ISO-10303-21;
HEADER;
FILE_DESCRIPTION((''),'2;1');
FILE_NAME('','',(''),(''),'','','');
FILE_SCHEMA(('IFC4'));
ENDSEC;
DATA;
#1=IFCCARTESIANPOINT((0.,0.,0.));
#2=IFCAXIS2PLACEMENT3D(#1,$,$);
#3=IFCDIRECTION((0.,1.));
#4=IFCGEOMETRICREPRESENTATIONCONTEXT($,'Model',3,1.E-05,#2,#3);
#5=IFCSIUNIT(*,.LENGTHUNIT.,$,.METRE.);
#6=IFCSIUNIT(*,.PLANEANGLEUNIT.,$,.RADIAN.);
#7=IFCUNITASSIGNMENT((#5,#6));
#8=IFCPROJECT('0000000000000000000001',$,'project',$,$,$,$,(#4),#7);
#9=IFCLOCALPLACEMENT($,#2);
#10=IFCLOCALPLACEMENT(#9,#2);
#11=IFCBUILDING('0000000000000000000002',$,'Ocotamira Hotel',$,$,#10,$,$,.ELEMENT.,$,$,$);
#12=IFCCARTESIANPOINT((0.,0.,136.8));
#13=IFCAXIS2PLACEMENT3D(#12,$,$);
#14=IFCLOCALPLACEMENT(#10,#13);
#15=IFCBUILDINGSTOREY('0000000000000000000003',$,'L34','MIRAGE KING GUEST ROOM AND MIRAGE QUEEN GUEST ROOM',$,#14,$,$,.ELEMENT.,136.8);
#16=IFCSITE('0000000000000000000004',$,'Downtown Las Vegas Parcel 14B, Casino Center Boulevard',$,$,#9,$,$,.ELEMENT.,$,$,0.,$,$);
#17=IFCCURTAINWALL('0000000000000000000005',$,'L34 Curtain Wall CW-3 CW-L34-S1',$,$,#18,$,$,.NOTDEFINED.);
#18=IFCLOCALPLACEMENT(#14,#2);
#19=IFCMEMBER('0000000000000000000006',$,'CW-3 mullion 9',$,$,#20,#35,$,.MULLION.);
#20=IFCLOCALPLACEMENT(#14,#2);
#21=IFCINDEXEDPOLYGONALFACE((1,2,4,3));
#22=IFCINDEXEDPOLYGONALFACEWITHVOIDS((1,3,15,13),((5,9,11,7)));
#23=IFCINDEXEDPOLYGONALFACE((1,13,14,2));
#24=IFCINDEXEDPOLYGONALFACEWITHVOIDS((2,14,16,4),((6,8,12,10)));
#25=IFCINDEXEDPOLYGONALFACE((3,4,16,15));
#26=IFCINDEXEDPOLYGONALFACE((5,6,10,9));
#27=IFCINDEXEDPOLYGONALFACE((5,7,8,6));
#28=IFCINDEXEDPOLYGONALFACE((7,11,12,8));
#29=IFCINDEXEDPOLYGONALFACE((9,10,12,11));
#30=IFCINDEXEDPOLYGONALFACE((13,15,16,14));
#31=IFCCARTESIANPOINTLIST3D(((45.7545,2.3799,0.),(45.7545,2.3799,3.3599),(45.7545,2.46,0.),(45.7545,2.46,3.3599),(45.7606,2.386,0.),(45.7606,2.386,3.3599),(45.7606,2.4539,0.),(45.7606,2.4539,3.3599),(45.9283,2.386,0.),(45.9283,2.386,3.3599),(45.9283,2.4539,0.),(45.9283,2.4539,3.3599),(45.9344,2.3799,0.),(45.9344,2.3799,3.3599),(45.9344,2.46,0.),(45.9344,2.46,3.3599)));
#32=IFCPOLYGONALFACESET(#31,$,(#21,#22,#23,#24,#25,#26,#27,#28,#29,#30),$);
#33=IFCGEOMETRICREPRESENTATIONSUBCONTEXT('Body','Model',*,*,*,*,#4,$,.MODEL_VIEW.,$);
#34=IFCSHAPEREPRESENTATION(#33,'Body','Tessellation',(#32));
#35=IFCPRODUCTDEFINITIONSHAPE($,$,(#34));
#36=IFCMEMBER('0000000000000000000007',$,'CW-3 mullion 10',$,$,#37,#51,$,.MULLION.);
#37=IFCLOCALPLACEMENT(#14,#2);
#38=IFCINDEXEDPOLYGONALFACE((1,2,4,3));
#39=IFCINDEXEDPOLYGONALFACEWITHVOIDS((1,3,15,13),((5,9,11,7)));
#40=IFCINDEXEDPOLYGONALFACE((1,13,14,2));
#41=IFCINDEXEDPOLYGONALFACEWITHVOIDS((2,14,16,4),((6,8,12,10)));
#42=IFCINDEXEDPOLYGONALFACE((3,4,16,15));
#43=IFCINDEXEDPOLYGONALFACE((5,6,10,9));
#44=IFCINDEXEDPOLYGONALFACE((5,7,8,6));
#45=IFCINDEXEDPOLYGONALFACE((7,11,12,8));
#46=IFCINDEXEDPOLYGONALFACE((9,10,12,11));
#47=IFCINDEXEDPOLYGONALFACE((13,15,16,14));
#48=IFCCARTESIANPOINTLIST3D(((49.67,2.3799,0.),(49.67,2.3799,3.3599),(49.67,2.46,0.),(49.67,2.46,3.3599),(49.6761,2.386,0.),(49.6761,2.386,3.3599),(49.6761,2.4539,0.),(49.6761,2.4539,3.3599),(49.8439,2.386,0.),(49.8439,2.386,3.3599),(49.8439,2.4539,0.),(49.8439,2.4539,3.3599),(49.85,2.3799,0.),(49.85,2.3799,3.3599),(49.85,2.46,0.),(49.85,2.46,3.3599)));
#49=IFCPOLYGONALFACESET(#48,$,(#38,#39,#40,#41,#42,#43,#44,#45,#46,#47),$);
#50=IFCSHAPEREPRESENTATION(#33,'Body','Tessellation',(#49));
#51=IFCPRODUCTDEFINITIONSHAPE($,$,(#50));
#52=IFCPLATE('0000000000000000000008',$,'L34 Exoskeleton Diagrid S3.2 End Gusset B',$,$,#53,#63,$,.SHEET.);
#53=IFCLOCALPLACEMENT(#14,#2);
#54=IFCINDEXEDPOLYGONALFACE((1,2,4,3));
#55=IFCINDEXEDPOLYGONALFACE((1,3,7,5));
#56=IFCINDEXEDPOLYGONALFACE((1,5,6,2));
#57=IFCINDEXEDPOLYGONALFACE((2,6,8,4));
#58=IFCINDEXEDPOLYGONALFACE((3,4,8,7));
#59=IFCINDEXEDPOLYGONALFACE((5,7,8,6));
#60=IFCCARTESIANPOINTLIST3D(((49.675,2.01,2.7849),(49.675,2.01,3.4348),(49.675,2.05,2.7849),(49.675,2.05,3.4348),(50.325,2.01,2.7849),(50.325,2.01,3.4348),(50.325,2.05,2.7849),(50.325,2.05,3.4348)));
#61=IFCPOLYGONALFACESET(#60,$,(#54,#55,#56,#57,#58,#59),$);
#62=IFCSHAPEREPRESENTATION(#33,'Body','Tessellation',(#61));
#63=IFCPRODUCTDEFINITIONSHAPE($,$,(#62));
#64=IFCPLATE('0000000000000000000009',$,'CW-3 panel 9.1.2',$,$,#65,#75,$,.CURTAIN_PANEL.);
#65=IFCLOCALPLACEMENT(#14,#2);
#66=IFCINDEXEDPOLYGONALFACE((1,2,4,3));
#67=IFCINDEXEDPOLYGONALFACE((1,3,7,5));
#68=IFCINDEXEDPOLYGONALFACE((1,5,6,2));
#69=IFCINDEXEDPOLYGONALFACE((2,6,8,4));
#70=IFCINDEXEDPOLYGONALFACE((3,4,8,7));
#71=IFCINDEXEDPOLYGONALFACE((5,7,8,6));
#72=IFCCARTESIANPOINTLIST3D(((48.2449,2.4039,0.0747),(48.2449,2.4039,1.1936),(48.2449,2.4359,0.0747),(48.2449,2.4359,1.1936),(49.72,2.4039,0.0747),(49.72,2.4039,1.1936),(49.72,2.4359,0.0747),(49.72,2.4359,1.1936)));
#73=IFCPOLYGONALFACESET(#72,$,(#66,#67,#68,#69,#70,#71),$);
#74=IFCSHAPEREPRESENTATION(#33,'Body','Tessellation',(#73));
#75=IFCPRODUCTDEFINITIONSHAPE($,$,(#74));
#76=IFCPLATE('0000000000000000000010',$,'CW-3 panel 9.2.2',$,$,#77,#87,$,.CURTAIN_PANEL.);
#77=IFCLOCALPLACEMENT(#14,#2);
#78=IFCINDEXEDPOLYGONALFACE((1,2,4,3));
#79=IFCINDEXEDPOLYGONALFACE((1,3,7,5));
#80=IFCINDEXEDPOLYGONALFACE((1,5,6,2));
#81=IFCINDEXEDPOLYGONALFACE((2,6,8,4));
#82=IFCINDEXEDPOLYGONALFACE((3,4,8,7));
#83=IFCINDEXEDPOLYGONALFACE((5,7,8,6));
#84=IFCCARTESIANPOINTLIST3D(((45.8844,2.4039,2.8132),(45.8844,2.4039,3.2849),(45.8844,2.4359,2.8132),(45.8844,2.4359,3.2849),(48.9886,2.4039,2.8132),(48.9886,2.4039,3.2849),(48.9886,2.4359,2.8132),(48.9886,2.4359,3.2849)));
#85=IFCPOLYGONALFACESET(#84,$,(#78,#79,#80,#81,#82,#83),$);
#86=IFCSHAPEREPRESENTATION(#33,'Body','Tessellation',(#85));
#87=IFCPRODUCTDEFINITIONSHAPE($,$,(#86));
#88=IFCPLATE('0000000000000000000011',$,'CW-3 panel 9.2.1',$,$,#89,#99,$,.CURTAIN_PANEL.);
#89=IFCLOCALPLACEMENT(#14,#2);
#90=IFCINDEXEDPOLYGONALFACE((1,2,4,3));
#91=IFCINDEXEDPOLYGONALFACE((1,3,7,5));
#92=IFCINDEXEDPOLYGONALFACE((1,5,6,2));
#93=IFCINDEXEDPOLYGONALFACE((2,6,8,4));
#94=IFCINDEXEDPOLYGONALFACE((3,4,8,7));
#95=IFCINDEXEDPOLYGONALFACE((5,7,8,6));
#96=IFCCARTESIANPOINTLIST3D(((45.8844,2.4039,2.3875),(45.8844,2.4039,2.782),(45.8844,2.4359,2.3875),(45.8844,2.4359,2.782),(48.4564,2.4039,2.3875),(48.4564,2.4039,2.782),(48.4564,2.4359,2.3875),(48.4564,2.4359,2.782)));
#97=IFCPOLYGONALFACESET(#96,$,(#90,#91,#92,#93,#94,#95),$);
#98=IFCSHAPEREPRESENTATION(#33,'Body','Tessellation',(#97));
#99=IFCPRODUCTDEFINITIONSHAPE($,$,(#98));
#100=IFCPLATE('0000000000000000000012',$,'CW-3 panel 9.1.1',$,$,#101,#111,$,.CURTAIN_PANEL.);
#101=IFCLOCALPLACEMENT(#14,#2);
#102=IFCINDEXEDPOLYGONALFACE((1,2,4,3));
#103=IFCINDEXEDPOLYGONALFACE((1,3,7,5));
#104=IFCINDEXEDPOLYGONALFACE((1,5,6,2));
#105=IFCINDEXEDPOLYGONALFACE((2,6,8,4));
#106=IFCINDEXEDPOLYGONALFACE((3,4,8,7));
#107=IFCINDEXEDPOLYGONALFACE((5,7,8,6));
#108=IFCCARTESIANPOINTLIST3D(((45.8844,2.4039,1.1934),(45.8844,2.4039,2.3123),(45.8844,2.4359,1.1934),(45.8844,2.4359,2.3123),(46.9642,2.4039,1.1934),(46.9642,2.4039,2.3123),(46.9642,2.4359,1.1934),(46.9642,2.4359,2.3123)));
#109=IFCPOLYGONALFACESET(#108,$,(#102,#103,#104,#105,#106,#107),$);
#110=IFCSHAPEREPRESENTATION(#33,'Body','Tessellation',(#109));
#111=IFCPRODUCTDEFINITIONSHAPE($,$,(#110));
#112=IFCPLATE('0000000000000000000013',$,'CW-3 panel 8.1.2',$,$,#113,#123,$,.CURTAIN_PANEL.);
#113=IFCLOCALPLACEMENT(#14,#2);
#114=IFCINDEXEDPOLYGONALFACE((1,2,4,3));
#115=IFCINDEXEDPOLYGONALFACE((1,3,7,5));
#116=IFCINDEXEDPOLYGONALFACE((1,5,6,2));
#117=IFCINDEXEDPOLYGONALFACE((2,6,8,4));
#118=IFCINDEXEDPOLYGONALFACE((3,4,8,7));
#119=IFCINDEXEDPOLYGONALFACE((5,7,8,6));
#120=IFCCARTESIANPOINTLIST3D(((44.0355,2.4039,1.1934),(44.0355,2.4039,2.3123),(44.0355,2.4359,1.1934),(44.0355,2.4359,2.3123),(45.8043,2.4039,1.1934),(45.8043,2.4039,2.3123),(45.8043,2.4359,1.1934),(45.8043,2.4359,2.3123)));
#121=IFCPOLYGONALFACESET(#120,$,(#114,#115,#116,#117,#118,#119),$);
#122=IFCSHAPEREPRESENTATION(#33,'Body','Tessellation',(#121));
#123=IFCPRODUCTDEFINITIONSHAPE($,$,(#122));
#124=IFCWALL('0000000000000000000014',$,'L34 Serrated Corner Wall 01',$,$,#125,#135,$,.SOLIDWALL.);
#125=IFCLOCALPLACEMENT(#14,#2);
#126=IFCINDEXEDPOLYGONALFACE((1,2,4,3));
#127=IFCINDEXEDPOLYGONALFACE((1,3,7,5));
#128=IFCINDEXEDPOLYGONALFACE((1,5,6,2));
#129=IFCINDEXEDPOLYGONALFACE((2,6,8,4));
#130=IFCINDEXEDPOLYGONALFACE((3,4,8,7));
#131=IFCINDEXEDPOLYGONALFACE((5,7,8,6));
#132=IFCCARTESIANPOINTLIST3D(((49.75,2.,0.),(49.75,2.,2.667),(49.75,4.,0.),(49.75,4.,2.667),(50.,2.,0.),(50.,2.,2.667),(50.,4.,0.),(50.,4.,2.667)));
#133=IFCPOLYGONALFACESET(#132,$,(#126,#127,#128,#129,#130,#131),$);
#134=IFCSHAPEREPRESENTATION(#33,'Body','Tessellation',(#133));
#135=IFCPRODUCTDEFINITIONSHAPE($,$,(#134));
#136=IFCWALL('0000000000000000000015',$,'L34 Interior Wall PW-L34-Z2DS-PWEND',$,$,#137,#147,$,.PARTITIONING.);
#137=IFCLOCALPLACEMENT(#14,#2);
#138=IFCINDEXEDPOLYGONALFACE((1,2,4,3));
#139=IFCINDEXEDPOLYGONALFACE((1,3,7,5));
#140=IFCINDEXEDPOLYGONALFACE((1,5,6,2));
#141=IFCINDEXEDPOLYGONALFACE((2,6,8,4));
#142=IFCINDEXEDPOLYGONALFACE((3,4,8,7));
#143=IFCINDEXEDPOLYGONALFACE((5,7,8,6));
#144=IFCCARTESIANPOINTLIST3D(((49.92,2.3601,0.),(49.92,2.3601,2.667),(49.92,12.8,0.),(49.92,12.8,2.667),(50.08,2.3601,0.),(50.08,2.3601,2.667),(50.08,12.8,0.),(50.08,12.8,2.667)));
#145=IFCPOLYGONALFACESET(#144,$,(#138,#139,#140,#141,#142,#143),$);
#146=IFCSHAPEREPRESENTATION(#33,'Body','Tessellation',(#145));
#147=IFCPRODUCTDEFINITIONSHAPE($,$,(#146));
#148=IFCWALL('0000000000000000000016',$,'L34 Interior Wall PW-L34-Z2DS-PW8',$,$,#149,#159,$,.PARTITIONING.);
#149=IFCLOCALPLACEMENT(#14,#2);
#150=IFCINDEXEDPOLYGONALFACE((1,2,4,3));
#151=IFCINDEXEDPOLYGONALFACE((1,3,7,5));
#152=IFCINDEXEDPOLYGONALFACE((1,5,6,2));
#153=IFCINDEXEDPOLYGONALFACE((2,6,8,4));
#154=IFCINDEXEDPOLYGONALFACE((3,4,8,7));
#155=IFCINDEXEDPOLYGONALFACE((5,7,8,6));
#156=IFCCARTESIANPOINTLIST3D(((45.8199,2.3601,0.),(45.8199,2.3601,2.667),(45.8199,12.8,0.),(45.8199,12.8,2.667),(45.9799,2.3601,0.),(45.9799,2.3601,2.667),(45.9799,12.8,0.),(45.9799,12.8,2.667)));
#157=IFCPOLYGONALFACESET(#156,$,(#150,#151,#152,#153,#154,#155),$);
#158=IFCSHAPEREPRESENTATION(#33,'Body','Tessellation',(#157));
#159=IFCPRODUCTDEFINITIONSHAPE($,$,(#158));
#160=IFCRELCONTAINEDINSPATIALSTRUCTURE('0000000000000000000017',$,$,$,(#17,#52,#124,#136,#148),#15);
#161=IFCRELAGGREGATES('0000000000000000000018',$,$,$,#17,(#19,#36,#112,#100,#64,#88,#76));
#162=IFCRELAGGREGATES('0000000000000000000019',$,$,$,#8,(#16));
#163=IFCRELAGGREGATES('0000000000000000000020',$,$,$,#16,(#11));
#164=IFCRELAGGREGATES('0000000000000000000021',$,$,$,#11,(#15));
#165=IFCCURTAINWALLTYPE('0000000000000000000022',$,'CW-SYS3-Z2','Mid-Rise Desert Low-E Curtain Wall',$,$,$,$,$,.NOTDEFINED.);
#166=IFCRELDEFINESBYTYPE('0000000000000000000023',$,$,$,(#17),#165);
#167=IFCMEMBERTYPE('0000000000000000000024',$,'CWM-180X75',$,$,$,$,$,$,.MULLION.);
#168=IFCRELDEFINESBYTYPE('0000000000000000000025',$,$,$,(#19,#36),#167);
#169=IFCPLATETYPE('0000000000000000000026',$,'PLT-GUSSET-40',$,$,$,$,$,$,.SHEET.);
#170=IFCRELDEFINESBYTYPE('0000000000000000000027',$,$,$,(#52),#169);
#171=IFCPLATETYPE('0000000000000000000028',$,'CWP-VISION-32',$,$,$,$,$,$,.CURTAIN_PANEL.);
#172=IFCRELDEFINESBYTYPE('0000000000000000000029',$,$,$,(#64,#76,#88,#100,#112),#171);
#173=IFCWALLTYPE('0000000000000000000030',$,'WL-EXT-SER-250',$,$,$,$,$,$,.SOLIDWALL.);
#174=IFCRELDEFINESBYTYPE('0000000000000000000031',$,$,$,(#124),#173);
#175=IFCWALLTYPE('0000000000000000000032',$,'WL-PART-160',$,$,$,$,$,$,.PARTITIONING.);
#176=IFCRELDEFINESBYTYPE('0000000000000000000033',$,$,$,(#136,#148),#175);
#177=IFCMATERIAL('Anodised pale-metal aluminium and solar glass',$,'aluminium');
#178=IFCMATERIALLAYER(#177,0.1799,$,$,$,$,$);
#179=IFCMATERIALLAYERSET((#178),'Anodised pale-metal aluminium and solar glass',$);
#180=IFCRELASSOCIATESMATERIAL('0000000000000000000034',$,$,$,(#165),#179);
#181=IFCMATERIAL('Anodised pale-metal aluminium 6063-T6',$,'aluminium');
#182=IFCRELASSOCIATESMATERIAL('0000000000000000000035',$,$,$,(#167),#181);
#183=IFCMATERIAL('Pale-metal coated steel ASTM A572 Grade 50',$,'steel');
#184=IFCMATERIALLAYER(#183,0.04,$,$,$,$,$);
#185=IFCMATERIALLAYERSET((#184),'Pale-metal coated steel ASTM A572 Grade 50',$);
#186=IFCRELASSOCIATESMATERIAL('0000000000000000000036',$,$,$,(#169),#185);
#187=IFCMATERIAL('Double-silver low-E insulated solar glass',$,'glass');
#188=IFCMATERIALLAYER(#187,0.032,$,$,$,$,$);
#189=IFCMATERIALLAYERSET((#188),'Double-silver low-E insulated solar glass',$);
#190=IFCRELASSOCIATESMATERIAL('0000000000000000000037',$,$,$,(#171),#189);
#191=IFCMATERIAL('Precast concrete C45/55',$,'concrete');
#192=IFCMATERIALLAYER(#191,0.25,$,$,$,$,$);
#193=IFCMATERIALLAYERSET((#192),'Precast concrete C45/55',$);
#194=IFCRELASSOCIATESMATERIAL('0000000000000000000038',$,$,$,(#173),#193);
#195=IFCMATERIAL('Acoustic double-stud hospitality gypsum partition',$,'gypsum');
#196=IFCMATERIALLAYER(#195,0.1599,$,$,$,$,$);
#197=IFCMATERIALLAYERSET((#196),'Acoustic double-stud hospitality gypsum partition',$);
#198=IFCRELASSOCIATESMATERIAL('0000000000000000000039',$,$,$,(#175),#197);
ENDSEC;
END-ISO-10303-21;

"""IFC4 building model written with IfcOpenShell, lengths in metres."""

from ifc_helpers import new_model, si_unit, direction, frame, frame_2d, origin, origin_2d, place, context, subcontext, project, spatial, rectangle, hollow_rectangle, extrude, source, transform, mapped, material, layer, layer_set, material_profile, profile_set, type_object, element, aggregate, save


model = new_model("IFC4")

# Units and contexts
model_context = context("Model", 3, precision=1e-05, world=origin(), true_north=direction((0.0, 1.0)))
body_context = subcontext(model_context, "Body", "Model", "MODEL_VIEW")
ifc_project = project(units=[si_unit("LENGTHUNIT", "METRE"), si_unit("PLANEANGLEUNIT", "RADIAN")], contexts=[model_context])

# Site, building, storey
site_placement = place(None, origin())
site = spatial("IfcSite", under=ifc_project, at=site_placement, Name="Downtown Las Vegas Parcel 14B, Casino Center Boulevard", CompositionType="ELEMENT", RefElevation=0.0)
building_placement = place(site_placement, origin())
building = spatial("IfcBuilding", under=site, at=building_placement, Name="Ocotamira Hotel", CompositionType="ELEMENT")
storey_placement = place(building_placement, frame((0.0, 0.0, 136.8)))
storey = spatial("IfcBuildingStorey", under=building, at=storey_placement, Name="L34", Description="MIRAGE KING GUEST ROOM AND MIRAGE QUEEN GUEST ROOM", CompositionType="ELEMENT", Elevation=136.8)

# Curtain wall, members
ifc_material_1 = material(Name="Anodised pale-metal aluminium and solar glass", Category="aluminium")
ifc_layer_1 = layer(ifc_material_1, 0.1799)
ifc_layer_set_1 = layer_set([ifc_layer_1], Name="Anodised pale-metal aluminium and solar glass")
curtain_wall_type = type_object("IfcCurtainWallType", Name="CW-SYS3-Z2", Description="Mid-Rise Desert Low-E Curtain Wall", PredefinedType="NOTDEFINED", material=ifc_layer_set_1)
curtain_wall_placement = place(storey_placement, origin())
curtain_wall = element("IfcCurtainWall", 1, at=curtain_wall_placement, inside=storey, type_object=curtain_wall_type, Name="L34 Curtain Wall CW-3 CW-L34-S1", PredefinedType="NOTDEFINED")
ifc_material_2 = material(Name="Anodised pale-metal aluminium 6063-T6", Category="aluminium")
ifc_material_profile_1 = material_profile(ifc_material_2, hollow_rectangle(XDim=0.0801, YDim=0.1799, WallThickness=0.0061, at=origin_2d()), Name="HSS180X80X6")
ifc_profile_set_1 = profile_set([ifc_material_profile_1], Name="Anodised pale-metal aluminium 6063-T6")
member_type_1 = type_object("IfcMemberType", Name="CWM-180X75", PredefinedType="MULLION", material=ifc_profile_set_1)
shared_shape_1 = source(origin(), body_context, "Body", "SweptSolid", [
    extrude(hollow_rectangle(XDim=0.0801, YDim=0.1799, WallThickness=0.0061, at=origin_2d()), origin(), (0.0, 0.0, 1.0), 3.3599),
])
member_1_placement = place(storey_placement, frame((45.8445, 2.4199, 0.0), z_axis=(0.0, 0.0, 1.0), x_axis=(0.0, 1.0, 0.0)))
member_1 = element("IfcMember", 2, at=member_1_placement, type_object=member_type_1, Name="CW-3 mullion 9", PredefinedType="MULLION", context=body_context, shape_type="MappedRepresentation", body=[
    mapped(shared_shape_1, transform((0.0, 0.0, 0.0), scale=1.0)),
])
member_2_placement = place(storey_placement, frame((49.76, 2.4199, 0.0), z_axis=(0.0, 0.0, 1.0), x_axis=(0.0, 1.0, 0.0)))
member_2 = element("IfcMember", 3, at=member_2_placement, type_object=member_type_1, Name="CW-3 mullion 10", PredefinedType="MULLION", context=body_context, shape_type="MappedRepresentation", body=[
    mapped(shared_shape_1, transform((0.0, 0.0, 0.0), scale=1.0)),
])

# Plates
ifc_material_3 = material(Name="Pale-metal coated steel ASTM A572 Grade 50", Category="steel")
ifc_layer_2 = layer(ifc_material_3, 0.04)
ifc_layer_set_2 = layer_set([ifc_layer_2], Name="Pale-metal coated steel ASTM A572 Grade 50")
plate_type_1 = type_object("IfcPlateType", Name="PLT-GUSSET-40", PredefinedType="SHEET", material=ifc_layer_set_2)
shared_shape_2 = source(origin(), body_context, "Body", "SweptSolid", [
    extrude(rectangle(XDim=0.6499, YDim=0.04, at=origin_2d()), origin(), (0.0, 0.0, 1.0), 0.6499),
])
plate_1_placement = place(storey_placement, frame((50.0, 2.03, 2.7849), z_axis=(0.0, 0.0, 1.0), x_axis=(1.0, 0.0, 0.0)))
element("IfcPlate", 4, at=plate_1_placement, inside=storey, type_object=plate_type_1, Name="L34 Exoskeleton Diagrid S3.2 End Gusset B", PredefinedType="SHEET", context=body_context, shape_type="MappedRepresentation", body=[
    mapped(shared_shape_2, transform((0.0, 0.0, 0.0), scale=1.0)),
])
ifc_material_4 = material(Name="Double-silver low-E insulated solar glass", Category="glass")
ifc_layer_3 = layer(ifc_material_4, 0.032)
ifc_layer_set_3 = layer_set([ifc_layer_3], Name="Double-silver low-E insulated solar glass")
plate_type_2 = type_object("IfcPlateType", Name="CWP-VISION-32", PredefinedType="CURTAIN_PANEL", material=ifc_layer_set_3)
shared_shape_3 = source(origin(), body_context, "Body", "SweptSolid", [
    extrude(rectangle(XDim=1.4751, YDim=0.032, at=origin_2d()), origin(), (0.0, 0.0, 1.0), 1.1189),
])
plate_2_placement = place(storey_placement, frame((48.9824, 2.4199, 0.0747), z_axis=(0.0, 0.0, 1.0), x_axis=(1.0, 0.0, 0.0)))
plate_2 = element("IfcPlate", 5, at=plate_2_placement, type_object=plate_type_2, Name="CW-3 panel 9.1.2", PredefinedType="CURTAIN_PANEL", context=body_context, shape_type="MappedRepresentation", body=[
    mapped(shared_shape_3, transform((0.0, 0.0, 0.0), scale=1.0)),
])
shared_shape_4 = source(origin(), body_context, "Body", "SweptSolid", [
    extrude(rectangle(XDim=3.1042, YDim=0.032, at=origin_2d()), origin(), (0.0, 0.0, 1.0), 0.4717),
])
plate_3_placement = place(storey_placement, frame((47.4365, 2.4199, 2.8132), z_axis=(0.0, 0.0, 1.0), x_axis=(1.0, 0.0, 0.0)))
plate_3 = element("IfcPlate", 6, at=plate_3_placement, type_object=plate_type_2, Name="CW-3 panel 9.2.2", PredefinedType="CURTAIN_PANEL", context=body_context, shape_type="MappedRepresentation", body=[
    mapped(shared_shape_4, transform((0.0, 0.0, 0.0), scale=1.0)),
])
shared_shape_5 = source(origin(), body_context, "Body", "SweptSolid", [
    extrude(rectangle(XDim=2.572, YDim=0.032, at=origin_2d()), origin(), (0.0, 0.0, 1.0), 0.3945),
])
plate_4_placement = place(storey_placement, frame((47.1704, 2.4199, 2.3875), z_axis=(0.0, 0.0, 1.0), x_axis=(1.0, 0.0, 0.0)))
plate_4 = element("IfcPlate", 7, at=plate_4_placement, type_object=plate_type_2, Name="CW-3 panel 9.2.1", PredefinedType="CURTAIN_PANEL", context=body_context, shape_type="MappedRepresentation", body=[
    mapped(shared_shape_5, transform((0.0, 0.0, 0.0), scale=1.0)),
])
shared_shape_6 = source(origin(), body_context, "Body", "SweptSolid", [
    extrude(rectangle(XDim=1.0798, YDim=0.032, at=origin_2d()), origin(), (0.0, 0.0, 1.0), 1.1189),
])
plate_5_placement = place(storey_placement, frame((46.4243, 2.4199, 1.1934), z_axis=(0.0, 0.0, 1.0), x_axis=(1.0, 0.0, 0.0)))
plate_5 = element("IfcPlate", 8, at=plate_5_placement, type_object=plate_type_2, Name="CW-3 panel 9.1.1", PredefinedType="CURTAIN_PANEL", context=body_context, shape_type="MappedRepresentation", body=[
    mapped(shared_shape_6, transform((0.0, 0.0, 0.0), scale=1.0)),
])
shared_shape_7 = source(origin(), body_context, "Body", "SweptSolid", [
    extrude(rectangle(XDim=1.7688, YDim=0.032, at=origin_2d()), origin(), (0.0, 0.0, 1.0), 1.1189),
])
plate_6_placement = place(storey_placement, frame((44.9199, 2.4199, 1.1934), z_axis=(0.0, 0.0, 1.0), x_axis=(1.0, 0.0, 0.0)))
plate_6 = element("IfcPlate", 9, at=plate_6_placement, type_object=plate_type_2, Name="CW-3 panel 8.1.2", PredefinedType="CURTAIN_PANEL", context=body_context, shape_type="MappedRepresentation", body=[
    mapped(shared_shape_7, transform((0.0, 0.0, 0.0), scale=1.0)),
])
aggregate(curtain_wall, [member_1, member_2, plate_6, plate_5, plate_2, plate_4, plate_3])

# Walls
ifc_material_5 = material(Name="Precast concrete C45/55", Category="concrete")
ifc_layer_4 = layer(ifc_material_5, 0.25)
ifc_layer_set_4 = layer_set([ifc_layer_4], Name="Precast concrete C45/55")
wall_type_1 = type_object("IfcWallType", Name="WL-EXT-SER-250", PredefinedType="SOLIDWALL", material=ifc_layer_set_4)
wall_placement = place(storey_placement, frame((49.875, 2.0, 0.0), z_axis=(0.0, 0.0, 1.0), x_axis=(0.0, 1.0, 0.0)))
element("IfcWall", 10, at=wall_placement, inside=storey, type_object=wall_type_1, Name="L34 Serrated Corner Wall 01", PredefinedType="SOLIDWALL", context=body_context, shape_type="SweptSolid", body=[
    extrude(rectangle(XDim=2.0, YDim=0.25, at=frame_2d((1.0, 0.0))), origin(), (0.0, 0.0, 1.0), 2.667),
])
ifc_material_6 = material(Name="Acoustic double-stud hospitality gypsum partition", Category="gypsum")
ifc_layer_5 = layer(ifc_material_6, 0.1599)
ifc_layer_set_5 = layer_set([ifc_layer_5], Name="Acoustic double-stud hospitality gypsum partition")
wall_type_2 = type_object("IfcWallType", Name="WL-PART-160", PredefinedType="PARTITIONING", material=ifc_layer_set_5)
for number, where, z_axis, x_axis, name in (
    (11, (50.0, 2.3601, 0.0), (0.0, 0.0, 1.0), (0.0, 1.0, 0.0), "L34 Interior Wall PW-L34-Z2DS-PWEND"),
    (12, (45.8999, 2.3601, 0.0), (0.0, 0.0, 1.0), (0.0, 1.0, 0.0), "L34 Interior Wall PW-L34-Z2DS-PW8"),
):
    element("IfcWall", number, at=place(storey_placement, frame(where, z_axis=z_axis, x_axis=x_axis)), inside=storey, type_object=wall_type_2, Name=name, PredefinedType="PARTITIONING", context=body_context, shape_type="SweptSolid", body=[
        extrude(rectangle(XDim=10.4399, YDim=0.1599, at=frame_2d((5.22, 0.0))), origin(), (0.0, 0.0, 1.0), 2.667),
    ])

save(model, "model.ifc")
